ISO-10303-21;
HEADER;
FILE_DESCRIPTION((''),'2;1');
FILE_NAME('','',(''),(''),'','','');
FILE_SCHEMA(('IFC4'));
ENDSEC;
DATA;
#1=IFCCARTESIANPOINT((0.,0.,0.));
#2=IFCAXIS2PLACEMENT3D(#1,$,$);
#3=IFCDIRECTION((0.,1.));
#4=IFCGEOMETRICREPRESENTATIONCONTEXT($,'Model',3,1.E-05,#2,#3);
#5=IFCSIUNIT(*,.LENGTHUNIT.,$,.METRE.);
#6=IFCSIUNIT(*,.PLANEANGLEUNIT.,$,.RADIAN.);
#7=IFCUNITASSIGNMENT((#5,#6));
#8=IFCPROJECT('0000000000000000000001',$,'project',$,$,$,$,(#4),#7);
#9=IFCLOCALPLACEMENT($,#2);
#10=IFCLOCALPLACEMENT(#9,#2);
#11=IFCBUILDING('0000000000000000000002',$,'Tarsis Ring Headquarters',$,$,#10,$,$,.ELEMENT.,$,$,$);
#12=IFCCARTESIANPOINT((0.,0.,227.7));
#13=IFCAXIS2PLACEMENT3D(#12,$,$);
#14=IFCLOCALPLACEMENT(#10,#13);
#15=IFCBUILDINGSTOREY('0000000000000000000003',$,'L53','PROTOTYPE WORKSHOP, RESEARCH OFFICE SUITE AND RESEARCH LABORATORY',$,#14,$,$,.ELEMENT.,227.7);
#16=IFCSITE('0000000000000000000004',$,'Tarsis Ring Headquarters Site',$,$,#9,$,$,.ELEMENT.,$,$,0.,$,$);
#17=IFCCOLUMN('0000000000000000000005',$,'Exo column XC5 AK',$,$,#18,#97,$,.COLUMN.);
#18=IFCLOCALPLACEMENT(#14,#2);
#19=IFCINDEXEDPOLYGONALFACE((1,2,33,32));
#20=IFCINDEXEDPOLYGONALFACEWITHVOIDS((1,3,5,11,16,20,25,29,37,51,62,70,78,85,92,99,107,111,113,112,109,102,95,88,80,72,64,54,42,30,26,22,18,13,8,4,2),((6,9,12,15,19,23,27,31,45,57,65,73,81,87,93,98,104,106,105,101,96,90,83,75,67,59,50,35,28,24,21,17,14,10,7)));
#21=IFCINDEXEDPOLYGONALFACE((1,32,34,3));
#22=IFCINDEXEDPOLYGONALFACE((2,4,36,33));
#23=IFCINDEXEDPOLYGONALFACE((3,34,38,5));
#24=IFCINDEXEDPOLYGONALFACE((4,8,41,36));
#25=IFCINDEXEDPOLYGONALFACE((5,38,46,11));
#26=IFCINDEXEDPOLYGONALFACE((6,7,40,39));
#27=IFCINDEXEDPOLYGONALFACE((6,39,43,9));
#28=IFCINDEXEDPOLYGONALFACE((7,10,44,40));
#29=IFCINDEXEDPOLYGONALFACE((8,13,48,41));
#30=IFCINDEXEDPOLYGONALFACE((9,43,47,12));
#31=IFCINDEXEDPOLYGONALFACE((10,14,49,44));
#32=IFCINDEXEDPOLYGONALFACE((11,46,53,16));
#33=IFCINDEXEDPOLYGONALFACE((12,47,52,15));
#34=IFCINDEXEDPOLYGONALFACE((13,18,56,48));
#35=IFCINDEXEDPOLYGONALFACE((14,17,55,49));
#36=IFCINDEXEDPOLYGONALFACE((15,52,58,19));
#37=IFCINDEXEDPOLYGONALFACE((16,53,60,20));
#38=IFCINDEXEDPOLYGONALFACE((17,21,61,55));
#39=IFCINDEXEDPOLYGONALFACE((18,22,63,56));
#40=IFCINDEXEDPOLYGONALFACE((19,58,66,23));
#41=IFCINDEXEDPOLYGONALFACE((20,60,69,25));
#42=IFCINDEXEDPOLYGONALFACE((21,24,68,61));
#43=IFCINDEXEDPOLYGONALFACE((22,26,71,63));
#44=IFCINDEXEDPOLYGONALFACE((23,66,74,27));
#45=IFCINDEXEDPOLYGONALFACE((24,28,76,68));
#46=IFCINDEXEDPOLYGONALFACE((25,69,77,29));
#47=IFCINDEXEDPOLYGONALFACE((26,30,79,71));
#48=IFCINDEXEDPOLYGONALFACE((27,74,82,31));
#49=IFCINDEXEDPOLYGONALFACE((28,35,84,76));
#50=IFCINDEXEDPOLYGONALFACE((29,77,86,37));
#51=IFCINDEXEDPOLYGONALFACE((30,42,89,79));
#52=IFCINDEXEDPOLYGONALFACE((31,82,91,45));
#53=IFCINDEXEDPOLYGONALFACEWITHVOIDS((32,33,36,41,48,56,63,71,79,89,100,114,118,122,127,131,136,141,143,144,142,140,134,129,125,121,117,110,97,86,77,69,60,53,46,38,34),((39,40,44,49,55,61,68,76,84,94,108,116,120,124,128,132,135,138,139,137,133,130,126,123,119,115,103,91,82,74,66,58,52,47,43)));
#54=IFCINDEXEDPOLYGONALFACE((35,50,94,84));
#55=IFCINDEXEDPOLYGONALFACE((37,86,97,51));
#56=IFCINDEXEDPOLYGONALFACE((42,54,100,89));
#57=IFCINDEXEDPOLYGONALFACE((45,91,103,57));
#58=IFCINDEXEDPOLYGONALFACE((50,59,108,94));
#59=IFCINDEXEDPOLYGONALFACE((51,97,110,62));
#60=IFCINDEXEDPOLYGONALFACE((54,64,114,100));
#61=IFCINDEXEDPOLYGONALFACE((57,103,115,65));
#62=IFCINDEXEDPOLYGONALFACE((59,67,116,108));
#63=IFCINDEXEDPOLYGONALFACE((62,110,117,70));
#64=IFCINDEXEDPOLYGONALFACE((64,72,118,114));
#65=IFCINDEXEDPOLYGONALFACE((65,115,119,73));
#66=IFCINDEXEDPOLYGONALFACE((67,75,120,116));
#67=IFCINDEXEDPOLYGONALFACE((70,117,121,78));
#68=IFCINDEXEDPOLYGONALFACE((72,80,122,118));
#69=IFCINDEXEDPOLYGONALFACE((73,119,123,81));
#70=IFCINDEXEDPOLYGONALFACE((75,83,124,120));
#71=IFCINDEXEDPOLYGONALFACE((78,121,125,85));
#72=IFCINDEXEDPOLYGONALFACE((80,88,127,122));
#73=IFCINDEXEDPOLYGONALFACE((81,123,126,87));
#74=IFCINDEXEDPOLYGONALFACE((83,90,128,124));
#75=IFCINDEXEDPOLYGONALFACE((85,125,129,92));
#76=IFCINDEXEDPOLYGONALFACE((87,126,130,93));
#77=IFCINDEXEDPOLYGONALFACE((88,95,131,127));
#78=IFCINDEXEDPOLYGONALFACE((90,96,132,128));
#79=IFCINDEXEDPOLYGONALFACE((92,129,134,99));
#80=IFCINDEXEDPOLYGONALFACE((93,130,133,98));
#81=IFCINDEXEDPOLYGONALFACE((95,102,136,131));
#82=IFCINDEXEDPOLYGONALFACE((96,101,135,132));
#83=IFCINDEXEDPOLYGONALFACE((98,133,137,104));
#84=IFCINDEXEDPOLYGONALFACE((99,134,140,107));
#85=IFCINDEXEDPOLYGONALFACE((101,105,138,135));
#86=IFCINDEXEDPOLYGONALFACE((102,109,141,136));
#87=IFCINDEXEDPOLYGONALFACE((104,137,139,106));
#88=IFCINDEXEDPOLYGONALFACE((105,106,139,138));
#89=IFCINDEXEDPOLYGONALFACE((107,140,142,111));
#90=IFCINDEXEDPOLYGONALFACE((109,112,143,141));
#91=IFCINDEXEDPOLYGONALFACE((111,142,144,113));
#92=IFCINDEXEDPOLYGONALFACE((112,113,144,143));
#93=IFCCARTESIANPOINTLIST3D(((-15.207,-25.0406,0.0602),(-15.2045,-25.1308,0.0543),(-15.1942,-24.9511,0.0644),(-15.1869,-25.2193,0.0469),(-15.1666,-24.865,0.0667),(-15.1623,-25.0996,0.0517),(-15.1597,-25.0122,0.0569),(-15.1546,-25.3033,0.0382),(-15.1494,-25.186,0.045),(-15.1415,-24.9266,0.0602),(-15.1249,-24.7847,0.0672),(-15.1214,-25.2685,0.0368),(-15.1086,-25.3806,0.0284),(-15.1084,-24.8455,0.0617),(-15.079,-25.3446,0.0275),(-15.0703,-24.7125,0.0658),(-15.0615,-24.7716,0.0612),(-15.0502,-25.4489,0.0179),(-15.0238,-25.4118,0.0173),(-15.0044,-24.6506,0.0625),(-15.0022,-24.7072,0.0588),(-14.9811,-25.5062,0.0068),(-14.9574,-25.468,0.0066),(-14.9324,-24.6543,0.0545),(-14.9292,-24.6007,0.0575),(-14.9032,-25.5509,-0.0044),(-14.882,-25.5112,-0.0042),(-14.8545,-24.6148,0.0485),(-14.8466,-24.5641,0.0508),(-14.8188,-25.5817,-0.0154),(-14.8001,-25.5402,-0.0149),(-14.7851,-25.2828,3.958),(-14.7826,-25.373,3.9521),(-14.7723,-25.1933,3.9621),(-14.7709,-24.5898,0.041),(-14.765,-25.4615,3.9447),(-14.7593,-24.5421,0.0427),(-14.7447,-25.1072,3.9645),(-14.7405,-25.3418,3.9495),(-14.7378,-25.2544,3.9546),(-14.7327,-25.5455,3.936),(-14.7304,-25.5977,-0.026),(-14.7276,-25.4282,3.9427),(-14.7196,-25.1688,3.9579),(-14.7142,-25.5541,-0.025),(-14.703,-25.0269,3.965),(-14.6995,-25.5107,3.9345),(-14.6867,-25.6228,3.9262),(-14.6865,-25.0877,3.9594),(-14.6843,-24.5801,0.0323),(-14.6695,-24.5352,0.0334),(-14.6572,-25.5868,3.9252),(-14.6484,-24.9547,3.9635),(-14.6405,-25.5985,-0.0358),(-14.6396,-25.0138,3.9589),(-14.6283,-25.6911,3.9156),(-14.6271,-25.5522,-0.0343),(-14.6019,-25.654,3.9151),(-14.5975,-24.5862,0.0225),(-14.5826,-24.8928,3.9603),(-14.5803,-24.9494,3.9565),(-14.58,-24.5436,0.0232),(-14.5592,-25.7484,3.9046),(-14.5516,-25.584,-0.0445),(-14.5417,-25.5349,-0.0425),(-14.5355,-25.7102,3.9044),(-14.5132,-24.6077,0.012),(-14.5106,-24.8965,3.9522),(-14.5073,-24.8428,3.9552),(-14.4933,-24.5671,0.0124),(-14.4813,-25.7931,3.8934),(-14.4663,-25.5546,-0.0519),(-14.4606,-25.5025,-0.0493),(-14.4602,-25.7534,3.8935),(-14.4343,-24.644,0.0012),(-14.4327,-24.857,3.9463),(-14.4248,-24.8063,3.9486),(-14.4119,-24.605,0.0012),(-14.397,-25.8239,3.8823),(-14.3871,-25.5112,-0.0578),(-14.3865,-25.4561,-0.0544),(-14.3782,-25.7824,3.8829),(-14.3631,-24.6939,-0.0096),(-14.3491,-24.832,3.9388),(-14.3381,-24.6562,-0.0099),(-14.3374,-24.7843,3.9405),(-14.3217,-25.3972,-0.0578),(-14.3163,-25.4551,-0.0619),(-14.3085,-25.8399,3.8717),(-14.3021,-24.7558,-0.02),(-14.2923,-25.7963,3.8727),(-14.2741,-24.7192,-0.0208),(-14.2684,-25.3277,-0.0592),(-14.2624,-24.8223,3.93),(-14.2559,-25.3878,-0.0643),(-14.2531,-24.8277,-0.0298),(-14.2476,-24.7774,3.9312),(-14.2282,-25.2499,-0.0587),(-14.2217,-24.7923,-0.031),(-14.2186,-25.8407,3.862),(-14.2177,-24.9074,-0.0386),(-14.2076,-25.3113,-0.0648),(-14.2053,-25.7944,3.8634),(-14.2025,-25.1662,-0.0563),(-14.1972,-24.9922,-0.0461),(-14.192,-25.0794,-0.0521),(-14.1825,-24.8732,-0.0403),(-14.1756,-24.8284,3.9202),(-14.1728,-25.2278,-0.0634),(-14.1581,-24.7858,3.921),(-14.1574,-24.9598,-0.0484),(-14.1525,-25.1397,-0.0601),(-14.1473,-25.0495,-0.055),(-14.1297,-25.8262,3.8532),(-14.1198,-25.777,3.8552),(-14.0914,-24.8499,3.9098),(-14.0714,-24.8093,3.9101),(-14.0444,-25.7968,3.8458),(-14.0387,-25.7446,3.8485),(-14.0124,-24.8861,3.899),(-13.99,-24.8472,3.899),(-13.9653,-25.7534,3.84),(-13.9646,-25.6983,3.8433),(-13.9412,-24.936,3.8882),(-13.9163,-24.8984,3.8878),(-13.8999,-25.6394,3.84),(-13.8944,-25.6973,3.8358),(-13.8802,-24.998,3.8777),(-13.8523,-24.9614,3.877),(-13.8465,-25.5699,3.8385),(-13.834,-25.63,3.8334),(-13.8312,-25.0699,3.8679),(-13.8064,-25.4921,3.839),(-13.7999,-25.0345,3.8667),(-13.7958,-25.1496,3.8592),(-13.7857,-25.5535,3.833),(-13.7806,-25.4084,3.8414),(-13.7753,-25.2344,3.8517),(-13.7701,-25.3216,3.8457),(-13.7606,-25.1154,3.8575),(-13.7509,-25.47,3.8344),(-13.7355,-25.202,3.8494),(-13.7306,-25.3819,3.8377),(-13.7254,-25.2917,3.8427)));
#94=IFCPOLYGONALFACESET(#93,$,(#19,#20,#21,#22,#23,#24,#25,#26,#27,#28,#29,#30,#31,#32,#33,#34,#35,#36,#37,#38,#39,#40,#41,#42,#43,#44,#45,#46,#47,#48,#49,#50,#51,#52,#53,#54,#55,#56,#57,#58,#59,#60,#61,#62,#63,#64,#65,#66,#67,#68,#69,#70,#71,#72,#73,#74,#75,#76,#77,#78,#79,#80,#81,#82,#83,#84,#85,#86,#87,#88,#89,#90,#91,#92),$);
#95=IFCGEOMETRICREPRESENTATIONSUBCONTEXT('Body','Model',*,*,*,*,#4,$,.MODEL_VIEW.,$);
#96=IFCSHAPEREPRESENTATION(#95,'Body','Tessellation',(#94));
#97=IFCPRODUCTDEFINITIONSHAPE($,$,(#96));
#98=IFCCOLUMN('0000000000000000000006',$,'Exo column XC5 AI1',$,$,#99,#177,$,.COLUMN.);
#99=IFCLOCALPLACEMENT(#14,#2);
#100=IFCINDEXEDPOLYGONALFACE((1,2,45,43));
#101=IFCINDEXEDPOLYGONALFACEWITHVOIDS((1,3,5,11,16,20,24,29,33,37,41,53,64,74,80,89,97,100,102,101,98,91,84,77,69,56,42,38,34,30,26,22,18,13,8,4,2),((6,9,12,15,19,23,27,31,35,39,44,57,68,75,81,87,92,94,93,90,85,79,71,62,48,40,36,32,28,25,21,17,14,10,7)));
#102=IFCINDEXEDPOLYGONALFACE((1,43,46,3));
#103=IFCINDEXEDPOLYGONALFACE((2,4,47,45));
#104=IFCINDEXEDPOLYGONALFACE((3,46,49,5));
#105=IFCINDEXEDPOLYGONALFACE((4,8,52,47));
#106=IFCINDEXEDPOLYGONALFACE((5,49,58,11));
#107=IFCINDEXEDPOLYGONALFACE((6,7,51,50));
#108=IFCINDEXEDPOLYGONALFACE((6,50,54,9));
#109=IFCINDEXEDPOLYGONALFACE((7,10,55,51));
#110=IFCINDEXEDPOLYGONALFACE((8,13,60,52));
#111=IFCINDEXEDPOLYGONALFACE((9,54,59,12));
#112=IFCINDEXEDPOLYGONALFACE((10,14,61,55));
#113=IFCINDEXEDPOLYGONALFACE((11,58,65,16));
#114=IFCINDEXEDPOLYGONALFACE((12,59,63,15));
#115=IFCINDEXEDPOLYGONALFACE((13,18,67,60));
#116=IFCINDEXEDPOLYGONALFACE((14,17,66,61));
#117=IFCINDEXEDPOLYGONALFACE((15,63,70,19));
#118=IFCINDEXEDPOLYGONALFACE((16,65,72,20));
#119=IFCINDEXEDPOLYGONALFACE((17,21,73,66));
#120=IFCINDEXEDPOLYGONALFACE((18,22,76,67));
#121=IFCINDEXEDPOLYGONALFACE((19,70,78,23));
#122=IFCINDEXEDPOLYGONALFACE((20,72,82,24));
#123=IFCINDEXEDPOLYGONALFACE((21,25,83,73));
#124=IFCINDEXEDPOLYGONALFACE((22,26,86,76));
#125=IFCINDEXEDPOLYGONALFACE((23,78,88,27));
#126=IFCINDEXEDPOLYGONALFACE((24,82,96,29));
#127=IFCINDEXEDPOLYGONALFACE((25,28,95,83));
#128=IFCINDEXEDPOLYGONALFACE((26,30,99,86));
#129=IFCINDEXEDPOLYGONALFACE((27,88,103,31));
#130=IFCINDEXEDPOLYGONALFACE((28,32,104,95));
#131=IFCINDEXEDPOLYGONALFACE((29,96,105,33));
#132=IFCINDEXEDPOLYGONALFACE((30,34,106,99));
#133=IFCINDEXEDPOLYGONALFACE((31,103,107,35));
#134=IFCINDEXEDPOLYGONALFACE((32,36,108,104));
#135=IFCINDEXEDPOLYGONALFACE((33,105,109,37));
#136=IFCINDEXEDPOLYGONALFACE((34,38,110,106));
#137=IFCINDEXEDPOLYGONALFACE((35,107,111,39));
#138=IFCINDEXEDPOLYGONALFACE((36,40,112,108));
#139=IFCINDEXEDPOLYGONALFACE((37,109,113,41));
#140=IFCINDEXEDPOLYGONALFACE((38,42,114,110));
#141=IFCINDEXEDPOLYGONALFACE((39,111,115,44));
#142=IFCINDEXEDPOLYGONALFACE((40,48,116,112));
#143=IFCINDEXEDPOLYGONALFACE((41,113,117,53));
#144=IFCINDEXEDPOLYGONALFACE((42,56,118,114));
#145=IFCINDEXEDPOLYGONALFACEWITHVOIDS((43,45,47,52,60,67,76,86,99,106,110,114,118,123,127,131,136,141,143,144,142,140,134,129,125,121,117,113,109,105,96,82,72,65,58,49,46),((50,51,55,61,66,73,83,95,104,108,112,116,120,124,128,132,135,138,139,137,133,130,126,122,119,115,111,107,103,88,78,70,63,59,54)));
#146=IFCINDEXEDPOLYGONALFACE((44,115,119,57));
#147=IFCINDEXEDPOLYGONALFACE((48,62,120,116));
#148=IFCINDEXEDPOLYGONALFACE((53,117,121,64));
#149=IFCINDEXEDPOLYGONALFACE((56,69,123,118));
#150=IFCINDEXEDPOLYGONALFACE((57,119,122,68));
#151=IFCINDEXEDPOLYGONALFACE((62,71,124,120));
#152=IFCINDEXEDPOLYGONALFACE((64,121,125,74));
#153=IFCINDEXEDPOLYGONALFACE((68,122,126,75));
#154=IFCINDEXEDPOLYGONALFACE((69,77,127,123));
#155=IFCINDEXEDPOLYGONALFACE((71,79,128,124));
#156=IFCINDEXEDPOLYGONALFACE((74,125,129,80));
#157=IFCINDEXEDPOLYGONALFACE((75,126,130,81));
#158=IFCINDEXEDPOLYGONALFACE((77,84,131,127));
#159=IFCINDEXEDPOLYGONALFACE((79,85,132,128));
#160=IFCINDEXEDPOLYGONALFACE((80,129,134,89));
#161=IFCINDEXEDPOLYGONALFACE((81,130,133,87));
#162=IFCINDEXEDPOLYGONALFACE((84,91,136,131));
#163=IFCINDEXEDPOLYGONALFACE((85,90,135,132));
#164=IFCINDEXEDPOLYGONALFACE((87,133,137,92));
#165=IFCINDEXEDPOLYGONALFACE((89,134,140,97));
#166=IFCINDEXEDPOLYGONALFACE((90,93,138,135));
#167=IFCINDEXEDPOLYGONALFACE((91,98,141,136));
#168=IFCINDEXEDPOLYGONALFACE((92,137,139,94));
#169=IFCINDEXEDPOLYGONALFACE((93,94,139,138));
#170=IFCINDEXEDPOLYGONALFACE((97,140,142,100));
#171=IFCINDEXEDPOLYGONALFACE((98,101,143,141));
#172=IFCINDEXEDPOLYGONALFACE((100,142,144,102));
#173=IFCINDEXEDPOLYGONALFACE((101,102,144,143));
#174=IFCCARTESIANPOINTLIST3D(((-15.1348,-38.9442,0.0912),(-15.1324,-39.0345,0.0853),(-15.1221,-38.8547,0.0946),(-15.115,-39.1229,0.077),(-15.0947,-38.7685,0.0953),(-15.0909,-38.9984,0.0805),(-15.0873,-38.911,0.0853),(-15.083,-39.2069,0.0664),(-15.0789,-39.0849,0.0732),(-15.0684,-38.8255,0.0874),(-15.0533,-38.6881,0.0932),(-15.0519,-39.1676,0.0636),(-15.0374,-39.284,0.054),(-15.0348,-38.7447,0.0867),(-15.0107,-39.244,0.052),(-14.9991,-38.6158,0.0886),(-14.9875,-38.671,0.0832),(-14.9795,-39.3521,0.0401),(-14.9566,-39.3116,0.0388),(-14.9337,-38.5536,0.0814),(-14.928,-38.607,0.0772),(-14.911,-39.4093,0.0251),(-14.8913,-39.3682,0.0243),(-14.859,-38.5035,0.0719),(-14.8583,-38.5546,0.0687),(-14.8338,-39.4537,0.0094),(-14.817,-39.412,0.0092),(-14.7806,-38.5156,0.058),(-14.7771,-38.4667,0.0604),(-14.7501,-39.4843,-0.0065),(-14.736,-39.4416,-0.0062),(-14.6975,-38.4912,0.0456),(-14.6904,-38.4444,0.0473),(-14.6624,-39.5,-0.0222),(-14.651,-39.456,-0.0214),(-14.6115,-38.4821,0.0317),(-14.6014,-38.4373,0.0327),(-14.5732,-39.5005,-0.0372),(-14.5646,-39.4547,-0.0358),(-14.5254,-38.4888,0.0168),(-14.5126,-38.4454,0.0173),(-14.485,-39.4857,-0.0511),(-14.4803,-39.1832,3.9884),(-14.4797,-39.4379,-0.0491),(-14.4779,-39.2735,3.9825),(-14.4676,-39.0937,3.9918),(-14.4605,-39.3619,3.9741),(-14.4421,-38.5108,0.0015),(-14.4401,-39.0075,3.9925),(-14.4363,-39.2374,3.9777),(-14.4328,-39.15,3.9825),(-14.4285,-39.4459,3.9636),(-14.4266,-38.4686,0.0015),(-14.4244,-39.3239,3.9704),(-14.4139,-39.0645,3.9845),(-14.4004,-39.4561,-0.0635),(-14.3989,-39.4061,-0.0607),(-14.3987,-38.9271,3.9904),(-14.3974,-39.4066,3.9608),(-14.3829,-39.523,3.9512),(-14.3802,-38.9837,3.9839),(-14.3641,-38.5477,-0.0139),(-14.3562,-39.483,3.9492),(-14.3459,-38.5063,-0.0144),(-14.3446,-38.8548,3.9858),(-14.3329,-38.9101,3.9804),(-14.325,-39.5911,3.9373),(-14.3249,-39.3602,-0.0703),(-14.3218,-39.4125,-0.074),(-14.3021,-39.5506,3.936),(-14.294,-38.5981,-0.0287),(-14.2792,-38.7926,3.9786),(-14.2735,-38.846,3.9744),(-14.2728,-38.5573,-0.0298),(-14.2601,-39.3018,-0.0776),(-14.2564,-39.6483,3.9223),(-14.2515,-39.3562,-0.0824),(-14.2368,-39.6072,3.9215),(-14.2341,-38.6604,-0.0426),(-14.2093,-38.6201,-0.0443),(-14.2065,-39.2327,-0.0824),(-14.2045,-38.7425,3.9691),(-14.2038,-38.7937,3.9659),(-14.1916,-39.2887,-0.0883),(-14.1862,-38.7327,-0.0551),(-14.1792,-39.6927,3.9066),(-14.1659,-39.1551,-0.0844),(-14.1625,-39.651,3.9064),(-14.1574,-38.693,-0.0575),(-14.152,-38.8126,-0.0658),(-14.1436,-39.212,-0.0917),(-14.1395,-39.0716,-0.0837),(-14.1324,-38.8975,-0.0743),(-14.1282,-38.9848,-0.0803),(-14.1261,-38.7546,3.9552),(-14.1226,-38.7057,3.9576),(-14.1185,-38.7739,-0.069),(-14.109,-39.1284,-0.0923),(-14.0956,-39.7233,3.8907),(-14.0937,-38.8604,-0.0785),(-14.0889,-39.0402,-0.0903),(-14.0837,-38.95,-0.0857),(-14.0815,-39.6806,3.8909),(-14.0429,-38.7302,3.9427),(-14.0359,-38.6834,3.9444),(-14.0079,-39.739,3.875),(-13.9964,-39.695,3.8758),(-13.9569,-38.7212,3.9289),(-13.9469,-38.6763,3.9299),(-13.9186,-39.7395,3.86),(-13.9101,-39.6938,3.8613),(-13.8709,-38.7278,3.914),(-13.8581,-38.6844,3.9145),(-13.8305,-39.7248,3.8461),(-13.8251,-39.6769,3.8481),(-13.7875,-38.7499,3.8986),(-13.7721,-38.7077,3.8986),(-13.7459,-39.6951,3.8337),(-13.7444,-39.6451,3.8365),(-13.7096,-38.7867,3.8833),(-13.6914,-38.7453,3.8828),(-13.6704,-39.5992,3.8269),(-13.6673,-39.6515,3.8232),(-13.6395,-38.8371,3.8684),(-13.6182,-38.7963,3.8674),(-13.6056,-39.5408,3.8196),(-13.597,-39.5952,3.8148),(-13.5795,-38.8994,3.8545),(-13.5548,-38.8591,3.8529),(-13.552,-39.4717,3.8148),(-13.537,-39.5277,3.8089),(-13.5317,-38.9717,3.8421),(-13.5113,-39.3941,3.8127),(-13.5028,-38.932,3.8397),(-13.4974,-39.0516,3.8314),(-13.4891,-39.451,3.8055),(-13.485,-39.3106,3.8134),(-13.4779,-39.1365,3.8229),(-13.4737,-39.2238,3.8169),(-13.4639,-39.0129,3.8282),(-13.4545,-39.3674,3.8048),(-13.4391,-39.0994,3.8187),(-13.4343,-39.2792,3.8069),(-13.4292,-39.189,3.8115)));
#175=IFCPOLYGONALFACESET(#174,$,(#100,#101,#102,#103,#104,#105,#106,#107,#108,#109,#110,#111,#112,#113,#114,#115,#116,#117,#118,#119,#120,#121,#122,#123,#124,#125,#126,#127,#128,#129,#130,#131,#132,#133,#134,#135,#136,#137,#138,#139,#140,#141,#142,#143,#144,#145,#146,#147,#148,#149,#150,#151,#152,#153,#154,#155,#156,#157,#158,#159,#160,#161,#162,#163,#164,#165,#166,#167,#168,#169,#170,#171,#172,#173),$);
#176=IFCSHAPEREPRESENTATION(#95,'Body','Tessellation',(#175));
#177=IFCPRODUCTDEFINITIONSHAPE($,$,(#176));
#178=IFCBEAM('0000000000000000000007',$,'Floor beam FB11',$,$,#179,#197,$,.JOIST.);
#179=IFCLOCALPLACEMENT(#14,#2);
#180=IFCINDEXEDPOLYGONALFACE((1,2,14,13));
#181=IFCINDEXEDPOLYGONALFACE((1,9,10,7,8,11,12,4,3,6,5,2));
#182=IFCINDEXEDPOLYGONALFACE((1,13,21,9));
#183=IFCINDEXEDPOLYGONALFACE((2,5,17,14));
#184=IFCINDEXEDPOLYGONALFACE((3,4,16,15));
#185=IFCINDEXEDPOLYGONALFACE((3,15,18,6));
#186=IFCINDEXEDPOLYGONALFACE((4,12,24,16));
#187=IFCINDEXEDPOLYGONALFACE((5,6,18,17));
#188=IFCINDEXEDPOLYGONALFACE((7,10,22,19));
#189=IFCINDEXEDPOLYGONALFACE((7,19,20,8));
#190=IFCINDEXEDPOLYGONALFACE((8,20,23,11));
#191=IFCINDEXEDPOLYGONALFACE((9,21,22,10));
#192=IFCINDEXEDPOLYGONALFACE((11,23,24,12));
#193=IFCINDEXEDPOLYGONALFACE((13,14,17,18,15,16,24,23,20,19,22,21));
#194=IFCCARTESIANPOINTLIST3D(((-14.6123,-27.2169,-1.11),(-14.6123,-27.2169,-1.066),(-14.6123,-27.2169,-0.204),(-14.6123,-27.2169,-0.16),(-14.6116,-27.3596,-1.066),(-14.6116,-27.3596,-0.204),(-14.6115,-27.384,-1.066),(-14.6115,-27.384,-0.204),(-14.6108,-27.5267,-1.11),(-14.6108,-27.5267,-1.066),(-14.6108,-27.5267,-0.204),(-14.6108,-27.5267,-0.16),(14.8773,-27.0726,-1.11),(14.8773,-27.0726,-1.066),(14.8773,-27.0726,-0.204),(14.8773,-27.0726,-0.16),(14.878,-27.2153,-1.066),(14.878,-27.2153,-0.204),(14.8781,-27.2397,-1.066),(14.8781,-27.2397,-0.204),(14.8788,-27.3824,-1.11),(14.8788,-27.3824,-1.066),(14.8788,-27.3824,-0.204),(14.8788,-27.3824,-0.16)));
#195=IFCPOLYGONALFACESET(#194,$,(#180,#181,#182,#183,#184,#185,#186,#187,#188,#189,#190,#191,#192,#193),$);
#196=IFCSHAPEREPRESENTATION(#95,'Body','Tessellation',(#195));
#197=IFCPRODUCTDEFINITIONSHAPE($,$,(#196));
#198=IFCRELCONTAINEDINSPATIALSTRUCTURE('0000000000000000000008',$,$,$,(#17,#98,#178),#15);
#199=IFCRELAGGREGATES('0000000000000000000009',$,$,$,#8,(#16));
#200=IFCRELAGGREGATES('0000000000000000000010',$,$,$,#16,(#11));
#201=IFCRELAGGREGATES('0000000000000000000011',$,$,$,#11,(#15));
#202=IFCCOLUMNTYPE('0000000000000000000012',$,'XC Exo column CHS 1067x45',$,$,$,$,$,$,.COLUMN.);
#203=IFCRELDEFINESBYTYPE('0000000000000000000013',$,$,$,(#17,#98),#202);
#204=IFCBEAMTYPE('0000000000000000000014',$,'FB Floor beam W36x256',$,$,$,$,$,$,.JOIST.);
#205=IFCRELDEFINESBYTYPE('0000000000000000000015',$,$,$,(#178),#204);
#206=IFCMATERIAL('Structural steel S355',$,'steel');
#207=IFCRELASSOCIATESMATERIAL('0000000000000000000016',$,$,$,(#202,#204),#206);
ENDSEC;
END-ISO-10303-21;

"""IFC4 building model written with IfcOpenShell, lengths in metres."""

from ifc_helpers import new_model, si_unit, direction, frame, origin, origin_2d, place, context, subcontext, project, spatial, hollow_circle, i_section, extrude, material, material_profile, profile_set, type_object, element, save


model = new_model("IFC4")

# Units and contexts
model_context = context("Model", 3, precision=1e-05, world=origin(), true_north=direction((0.0, 1.0)))
body_context = subcontext(model_context, "Body", "Model", "MODEL_VIEW")
ifc_project = project(units=[si_unit("LENGTHUNIT", "METRE"), si_unit("PLANEANGLEUNIT", "RADIAN")], contexts=[model_context])

# Site, building, storey
site_placement = place(None, origin())
site = spatial("IfcSite", under=ifc_project, at=site_placement, Name="Tarsis Ring Headquarters Site", CompositionType="ELEMENT", RefElevation=0.0)
building_placement = place(site_placement, origin())
building = spatial("IfcBuilding", under=site, at=building_placement, Name="Tarsis Ring Headquarters", CompositionType="ELEMENT")
storey_placement = place(building_placement, frame((0.0, 0.0, 227.7)))
storey = spatial("IfcBuildingStorey", under=building, at=storey_placement, Name="L53", Description="PROTOTYPE WORKSHOP, RESEARCH OFFICE SUITE AND RESEARCH LABORATORY", CompositionType="ELEMENT", Elevation=227.7)

# Columns
ifc_material_1 = material(Name="Structural steel S355", Category="steel")
ifc_material_profile_1 = material_profile(ifc_material_1, hollow_circle(Radius=0.5334, WallThickness=0.0449, at=origin_2d()), Name="CHS 1067x45")
ifc_profile_set_1 = profile_set([ifc_material_profile_1], Name="Structural steel S355")
column_type = type_object("IfcColumnType", Name="XC Exo column CHS 1067x45", PredefinedType="COLUMN", material=ifc_profile_set_1)
column_1_placement = place(storey_placement, frame((-14.6775, -25.0676, 0.0012), z_axis=(0.107404, -0.061658, 0.992302), x_axis=(0.497868, 0.867253, 0.0)))
element("IfcColumn", 1, at=column_1_placement, inside=storey, type_object=column_type, Name="Exo column XC5 AK", PredefinedType="COLUMN", context=body_context, shape_type="SweptSolid", body=[
    extrude(hollow_circle(Radius=0.5334, WallThickness=0.0449, at=origin_2d()), origin(), (0.0, 0.0, 1.0), 3.928),
])
column_2_placement = place(storey_placement, frame((-14.6096, -38.9697, 0.0015), z_axis=(0.165329, -0.060372, 0.984389), x_axis=(0.343009, 0.939332, 0.0)))
element("IfcColumn", 2, at=column_2_placement, inside=storey, type_object=column_type, Name="Exo column XC5 AI1", PredefinedType="COLUMN", context=body_context, shape_type="SweptSolid", body=[
    extrude(hollow_circle(Radius=0.5334, WallThickness=0.0449, at=origin_2d()), origin(), (0.0, 0.0, 1.0), 3.959),
])

# Beam
ifc_material_profile_2 = material_profile(ifc_material_1, i_section(OverallWidth=0.3098, OverallDepth=0.95, WebThickness=0.0244, FlangeThickness=0.0439, at=origin_2d()), Name="W36x256")
ifc_profile_set_2 = profile_set([ifc_material_profile_2], Name="Structural steel S355")
beam_type_1 = type_object("IfcBeamType", Name="FB Floor beam W36x256", PredefinedType="JOIST", material=ifc_profile_set_2)
for number, where, z_axis, x_axis, name in (
    (3, (-14.6116, -27.3718, -0.635), (0.999988, 0.004893, 0.0), (-0.004893, 0.999988, 0.0), "Floor beam FB11"),
):
    element("IfcBeam", number, at=place(storey_placement, frame(where, z_axis=z_axis, x_axis=x_axis)), inside=storey, type_object=beam_type_1, Name=name, PredefinedType="JOIST", context=body_context, shape_type="SweptSolid", body=[
        extrude(i_section(OverallWidth=0.3098, OverallDepth=0.95, WebThickness=0.0244, FlangeThickness=0.0439, at=origin_2d()), origin(), (0.0, 0.0, 1.0), 29.49),
    ])

save(model, "model.ifc")
